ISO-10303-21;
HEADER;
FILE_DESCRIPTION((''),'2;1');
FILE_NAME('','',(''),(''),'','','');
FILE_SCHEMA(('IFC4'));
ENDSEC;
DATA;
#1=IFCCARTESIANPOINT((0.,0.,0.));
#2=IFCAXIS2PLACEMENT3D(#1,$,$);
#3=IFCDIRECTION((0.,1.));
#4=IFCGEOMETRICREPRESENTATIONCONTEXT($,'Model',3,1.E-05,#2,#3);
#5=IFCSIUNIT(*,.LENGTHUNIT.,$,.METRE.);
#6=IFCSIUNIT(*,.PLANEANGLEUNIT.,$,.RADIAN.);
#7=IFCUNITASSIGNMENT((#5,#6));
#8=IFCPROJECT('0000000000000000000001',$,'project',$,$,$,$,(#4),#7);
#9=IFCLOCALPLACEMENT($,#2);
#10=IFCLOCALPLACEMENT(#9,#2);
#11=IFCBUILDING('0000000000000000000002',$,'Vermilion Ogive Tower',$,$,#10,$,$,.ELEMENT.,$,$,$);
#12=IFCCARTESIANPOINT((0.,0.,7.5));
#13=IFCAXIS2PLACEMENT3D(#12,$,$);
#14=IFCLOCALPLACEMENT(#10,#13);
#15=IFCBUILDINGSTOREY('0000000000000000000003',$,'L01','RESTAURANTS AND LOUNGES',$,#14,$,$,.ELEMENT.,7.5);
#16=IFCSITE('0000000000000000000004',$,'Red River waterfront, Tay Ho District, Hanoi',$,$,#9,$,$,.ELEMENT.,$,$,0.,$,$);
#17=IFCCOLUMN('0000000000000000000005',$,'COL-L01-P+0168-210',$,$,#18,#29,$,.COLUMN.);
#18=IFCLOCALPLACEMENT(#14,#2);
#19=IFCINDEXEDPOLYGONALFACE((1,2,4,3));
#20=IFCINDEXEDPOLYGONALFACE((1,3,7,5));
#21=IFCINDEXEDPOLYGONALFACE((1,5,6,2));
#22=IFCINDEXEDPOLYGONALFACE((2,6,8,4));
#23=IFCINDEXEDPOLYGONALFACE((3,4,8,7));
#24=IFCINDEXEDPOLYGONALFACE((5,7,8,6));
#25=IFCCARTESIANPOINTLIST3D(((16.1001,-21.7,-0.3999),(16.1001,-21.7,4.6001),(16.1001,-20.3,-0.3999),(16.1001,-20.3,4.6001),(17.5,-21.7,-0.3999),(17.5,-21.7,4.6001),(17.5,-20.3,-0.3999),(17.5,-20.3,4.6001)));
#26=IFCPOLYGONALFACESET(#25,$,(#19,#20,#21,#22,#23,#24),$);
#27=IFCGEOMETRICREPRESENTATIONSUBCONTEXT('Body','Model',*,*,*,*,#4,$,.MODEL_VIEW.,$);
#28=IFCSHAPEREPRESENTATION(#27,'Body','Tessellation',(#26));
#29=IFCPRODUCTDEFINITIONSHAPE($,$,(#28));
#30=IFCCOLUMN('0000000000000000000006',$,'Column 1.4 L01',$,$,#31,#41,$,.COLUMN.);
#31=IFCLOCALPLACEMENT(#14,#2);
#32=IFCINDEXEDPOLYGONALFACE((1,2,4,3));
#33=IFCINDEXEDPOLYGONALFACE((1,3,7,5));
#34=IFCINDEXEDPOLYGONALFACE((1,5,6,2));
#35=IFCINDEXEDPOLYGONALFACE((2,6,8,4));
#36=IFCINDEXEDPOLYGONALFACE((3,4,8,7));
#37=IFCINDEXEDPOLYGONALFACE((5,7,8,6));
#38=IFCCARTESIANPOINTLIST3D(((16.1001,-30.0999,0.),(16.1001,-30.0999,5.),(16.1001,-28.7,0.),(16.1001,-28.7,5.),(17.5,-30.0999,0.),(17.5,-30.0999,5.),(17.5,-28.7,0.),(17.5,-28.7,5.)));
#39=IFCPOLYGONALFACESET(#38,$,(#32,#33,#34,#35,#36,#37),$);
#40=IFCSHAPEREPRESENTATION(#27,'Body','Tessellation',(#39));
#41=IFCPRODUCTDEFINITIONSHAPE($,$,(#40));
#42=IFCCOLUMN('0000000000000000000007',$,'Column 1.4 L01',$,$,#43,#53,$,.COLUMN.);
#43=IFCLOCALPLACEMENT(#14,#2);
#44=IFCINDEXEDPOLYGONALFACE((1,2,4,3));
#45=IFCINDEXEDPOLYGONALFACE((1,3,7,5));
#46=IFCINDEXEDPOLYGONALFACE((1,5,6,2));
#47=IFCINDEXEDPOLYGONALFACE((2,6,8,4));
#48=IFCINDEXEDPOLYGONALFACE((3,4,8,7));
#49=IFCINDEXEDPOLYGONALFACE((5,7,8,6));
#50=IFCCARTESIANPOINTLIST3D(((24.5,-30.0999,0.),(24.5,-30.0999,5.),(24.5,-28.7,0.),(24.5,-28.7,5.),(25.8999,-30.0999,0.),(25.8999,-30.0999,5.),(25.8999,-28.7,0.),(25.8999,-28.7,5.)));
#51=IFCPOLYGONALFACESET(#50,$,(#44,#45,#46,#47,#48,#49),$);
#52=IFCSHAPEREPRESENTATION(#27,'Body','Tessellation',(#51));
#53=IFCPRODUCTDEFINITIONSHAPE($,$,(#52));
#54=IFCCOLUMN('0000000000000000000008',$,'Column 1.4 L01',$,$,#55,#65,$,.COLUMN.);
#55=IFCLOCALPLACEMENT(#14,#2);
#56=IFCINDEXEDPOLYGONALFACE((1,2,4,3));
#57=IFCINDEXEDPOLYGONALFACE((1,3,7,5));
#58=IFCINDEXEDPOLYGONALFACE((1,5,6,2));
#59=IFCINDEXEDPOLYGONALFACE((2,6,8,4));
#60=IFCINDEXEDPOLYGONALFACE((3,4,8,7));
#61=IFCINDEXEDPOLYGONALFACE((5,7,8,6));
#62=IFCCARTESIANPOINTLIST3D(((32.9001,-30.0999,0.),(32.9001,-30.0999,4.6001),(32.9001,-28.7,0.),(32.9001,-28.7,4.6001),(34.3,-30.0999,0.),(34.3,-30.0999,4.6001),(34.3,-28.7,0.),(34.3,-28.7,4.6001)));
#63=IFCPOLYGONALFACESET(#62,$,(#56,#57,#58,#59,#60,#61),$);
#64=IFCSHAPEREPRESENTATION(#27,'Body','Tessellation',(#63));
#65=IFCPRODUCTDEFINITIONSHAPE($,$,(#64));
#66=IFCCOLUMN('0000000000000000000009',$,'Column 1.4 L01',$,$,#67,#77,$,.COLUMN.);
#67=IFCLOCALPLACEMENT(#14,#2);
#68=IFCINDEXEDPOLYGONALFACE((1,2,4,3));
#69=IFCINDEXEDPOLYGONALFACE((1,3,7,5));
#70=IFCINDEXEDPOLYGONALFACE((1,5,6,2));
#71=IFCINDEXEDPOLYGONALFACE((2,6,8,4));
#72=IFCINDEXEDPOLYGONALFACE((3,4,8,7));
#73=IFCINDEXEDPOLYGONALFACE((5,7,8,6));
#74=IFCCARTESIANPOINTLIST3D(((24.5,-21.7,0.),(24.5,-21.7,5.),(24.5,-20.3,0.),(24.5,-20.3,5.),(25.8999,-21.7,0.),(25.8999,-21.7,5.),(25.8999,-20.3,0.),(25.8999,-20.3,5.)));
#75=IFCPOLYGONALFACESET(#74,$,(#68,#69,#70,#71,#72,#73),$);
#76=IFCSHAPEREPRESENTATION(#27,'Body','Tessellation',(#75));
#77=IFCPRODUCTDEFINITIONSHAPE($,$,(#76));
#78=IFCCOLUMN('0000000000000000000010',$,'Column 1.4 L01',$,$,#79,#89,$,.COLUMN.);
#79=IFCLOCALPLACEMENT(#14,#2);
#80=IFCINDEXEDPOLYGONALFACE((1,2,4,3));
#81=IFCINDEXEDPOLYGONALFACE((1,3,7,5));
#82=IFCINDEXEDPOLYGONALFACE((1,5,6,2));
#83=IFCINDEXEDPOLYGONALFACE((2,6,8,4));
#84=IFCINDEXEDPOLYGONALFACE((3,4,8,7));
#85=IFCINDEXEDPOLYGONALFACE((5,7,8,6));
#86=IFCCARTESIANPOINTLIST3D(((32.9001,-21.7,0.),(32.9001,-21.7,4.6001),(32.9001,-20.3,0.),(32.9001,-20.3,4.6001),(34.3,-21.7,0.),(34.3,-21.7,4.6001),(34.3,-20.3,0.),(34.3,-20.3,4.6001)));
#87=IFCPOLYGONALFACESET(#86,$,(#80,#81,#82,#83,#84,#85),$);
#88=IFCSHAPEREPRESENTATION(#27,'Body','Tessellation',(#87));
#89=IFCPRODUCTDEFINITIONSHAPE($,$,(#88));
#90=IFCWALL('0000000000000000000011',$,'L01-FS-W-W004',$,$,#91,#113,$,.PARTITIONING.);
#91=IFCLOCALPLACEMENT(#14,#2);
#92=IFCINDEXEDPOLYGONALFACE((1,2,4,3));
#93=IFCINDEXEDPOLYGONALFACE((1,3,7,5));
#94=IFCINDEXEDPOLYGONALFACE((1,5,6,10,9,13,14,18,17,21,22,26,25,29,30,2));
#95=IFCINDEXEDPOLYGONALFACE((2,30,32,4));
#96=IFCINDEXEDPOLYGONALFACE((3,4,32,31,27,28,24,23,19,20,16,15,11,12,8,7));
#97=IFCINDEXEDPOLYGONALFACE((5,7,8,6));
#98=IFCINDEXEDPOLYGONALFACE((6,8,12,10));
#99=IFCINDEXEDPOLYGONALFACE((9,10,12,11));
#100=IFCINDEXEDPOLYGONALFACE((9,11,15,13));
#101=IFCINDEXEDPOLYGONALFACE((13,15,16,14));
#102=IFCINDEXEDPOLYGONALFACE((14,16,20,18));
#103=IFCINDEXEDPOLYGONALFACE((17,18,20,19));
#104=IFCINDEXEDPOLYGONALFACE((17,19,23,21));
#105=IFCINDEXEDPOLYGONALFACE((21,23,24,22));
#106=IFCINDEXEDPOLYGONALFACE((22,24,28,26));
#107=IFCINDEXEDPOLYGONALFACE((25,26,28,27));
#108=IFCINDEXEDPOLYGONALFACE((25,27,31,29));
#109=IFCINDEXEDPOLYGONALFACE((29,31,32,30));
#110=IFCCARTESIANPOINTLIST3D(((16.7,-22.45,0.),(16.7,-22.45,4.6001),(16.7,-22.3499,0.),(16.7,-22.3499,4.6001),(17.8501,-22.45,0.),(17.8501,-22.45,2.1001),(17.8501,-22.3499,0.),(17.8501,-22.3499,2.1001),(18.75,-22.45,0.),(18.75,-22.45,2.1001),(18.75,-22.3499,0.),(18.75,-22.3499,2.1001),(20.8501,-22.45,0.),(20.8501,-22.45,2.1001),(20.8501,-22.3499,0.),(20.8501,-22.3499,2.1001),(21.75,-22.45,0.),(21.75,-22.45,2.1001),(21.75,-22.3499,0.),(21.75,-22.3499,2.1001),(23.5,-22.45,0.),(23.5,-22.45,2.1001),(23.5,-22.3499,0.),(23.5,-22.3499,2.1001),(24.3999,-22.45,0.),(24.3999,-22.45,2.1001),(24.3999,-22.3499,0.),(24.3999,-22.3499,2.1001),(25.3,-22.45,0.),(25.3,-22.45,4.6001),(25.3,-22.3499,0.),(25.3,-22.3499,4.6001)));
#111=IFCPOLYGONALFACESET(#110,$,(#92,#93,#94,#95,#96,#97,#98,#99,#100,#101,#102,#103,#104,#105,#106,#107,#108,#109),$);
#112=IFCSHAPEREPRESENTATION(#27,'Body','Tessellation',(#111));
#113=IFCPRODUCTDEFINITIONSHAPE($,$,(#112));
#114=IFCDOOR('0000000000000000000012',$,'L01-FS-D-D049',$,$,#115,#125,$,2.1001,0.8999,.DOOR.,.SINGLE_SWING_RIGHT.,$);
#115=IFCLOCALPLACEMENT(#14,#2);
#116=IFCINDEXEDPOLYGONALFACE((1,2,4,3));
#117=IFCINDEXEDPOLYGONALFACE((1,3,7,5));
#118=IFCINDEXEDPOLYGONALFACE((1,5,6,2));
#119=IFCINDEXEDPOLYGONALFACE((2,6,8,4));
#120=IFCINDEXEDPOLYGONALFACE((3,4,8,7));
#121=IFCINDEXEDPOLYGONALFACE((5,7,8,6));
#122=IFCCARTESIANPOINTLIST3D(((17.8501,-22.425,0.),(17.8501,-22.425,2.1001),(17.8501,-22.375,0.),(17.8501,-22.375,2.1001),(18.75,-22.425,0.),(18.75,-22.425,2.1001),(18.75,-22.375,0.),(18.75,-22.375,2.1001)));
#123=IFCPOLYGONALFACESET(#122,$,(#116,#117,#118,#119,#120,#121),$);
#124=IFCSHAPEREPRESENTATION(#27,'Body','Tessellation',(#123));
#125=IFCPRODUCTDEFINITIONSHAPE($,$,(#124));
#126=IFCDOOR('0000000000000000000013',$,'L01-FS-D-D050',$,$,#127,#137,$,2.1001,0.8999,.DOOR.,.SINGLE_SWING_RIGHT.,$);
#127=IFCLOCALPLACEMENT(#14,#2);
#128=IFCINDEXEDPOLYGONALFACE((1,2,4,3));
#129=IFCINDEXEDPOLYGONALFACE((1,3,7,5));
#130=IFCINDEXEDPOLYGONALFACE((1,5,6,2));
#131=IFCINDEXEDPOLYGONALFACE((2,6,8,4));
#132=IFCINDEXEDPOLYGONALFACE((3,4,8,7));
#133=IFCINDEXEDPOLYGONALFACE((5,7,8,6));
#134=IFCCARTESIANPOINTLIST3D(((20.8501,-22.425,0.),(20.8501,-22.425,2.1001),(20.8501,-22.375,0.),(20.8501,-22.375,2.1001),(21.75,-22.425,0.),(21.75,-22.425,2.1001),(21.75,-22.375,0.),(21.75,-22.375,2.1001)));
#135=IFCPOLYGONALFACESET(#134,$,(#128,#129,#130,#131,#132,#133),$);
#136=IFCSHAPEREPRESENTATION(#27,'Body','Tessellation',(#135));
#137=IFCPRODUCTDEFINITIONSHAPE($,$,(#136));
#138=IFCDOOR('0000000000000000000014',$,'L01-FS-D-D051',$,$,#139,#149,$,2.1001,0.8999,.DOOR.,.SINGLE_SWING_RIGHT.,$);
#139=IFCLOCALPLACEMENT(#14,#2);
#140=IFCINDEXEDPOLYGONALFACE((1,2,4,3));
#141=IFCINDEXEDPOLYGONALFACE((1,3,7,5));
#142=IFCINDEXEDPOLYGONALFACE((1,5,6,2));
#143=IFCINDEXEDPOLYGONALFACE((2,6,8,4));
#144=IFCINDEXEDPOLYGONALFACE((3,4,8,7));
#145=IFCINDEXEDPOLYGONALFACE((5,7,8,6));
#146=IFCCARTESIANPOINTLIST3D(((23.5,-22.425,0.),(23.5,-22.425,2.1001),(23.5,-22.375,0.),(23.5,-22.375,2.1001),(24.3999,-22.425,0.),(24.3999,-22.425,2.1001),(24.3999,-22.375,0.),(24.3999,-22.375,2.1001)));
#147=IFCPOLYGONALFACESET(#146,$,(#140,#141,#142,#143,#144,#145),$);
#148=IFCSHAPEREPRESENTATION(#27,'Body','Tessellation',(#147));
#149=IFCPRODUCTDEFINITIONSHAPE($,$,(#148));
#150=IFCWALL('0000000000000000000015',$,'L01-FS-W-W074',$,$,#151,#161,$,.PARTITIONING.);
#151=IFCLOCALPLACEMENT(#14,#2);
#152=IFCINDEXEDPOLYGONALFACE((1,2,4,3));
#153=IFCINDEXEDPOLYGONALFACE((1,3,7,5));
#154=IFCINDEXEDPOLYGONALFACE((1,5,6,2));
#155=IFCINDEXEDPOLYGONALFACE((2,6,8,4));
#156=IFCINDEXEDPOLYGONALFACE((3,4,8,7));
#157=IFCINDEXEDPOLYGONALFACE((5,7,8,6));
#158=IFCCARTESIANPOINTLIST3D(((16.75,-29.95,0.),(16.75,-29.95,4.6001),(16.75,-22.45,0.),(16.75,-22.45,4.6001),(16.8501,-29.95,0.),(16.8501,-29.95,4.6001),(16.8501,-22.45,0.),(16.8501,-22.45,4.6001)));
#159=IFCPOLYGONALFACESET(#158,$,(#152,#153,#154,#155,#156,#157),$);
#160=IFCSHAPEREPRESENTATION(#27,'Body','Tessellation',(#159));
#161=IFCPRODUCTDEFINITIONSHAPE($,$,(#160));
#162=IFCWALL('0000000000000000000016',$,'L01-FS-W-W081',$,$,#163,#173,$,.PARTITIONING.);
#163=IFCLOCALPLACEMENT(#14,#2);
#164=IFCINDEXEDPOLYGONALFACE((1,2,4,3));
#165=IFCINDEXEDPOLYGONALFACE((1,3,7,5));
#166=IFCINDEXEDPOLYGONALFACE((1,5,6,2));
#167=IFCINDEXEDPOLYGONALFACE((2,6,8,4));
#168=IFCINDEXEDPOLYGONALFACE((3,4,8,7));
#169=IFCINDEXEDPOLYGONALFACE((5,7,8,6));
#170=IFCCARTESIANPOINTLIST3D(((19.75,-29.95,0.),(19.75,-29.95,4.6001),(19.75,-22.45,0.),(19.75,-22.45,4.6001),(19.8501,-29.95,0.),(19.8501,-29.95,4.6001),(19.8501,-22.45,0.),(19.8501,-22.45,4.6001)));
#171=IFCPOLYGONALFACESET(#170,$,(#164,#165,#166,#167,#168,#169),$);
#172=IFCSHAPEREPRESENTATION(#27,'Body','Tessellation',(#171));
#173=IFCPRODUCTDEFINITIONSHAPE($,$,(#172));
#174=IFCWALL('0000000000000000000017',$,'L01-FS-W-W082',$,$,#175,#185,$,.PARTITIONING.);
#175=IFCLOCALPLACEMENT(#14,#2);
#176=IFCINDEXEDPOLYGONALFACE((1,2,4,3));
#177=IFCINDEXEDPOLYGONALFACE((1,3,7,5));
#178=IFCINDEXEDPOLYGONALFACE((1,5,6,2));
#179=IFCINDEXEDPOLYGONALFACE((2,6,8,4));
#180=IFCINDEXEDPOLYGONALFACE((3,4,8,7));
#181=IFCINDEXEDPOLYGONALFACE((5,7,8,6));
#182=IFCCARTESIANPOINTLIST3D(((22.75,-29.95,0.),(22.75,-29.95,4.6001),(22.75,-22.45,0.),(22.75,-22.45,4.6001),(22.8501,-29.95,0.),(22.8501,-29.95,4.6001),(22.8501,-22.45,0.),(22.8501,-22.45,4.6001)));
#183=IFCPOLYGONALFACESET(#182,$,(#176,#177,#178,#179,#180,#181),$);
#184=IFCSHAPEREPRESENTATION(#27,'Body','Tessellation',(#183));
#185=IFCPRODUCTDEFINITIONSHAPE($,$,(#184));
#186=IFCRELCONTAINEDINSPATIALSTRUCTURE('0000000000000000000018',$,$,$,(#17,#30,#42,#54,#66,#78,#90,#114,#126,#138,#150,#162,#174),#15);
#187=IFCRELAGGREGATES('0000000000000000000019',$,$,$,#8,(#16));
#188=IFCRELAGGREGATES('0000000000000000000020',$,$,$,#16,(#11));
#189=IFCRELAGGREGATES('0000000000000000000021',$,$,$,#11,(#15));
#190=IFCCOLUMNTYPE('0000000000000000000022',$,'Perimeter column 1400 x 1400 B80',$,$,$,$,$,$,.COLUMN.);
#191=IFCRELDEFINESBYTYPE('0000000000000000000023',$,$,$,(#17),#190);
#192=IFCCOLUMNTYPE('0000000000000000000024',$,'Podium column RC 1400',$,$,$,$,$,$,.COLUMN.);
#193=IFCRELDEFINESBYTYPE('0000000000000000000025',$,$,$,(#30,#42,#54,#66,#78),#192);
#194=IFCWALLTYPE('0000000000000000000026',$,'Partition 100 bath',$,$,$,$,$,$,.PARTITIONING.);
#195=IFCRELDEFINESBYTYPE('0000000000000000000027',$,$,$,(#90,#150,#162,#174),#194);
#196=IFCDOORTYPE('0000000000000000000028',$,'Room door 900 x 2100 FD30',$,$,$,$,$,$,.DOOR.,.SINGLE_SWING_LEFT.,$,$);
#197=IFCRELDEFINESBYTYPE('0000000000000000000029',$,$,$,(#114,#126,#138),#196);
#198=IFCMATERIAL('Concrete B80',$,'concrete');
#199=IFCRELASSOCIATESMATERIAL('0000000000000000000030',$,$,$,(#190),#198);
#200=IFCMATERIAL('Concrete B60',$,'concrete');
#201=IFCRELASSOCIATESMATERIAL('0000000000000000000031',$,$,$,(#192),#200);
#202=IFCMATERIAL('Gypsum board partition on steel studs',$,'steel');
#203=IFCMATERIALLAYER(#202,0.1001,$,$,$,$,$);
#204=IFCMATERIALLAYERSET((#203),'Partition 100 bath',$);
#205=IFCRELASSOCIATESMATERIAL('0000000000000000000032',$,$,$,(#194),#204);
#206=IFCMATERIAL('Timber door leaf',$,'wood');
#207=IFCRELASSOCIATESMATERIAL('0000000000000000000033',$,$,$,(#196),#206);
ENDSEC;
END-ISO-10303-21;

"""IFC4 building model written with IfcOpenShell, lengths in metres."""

from ifc_helpers import new_model, si_unit, direction, frame, frame_2d, origin, origin_2d, place, context, subcontext, project, spatial, rectangle, extrude, material, layer, layer_set, material_profile, profile_set, type_object, element, fill, save


model = new_model("IFC4")

# Units and contexts
model_context = context("Model", 3, precision=1e-05, world=origin(), true_north=direction((0.0, 1.0)))
body_context = subcontext(model_context, "Body", "Model", "MODEL_VIEW")
ifc_project = project(units=[si_unit("LENGTHUNIT", "METRE"), si_unit("PLANEANGLEUNIT", "RADIAN")], contexts=[model_context])

# Site, building, storey
site_placement = place(None, origin())
site = spatial("IfcSite", under=ifc_project, at=site_placement, Name="Red River waterfront, Tay Ho District, Hanoi", CompositionType="ELEMENT", RefElevation=0.0)
building_placement = place(site_placement, origin())
building = spatial("IfcBuilding", under=site, at=building_placement, Name="Vermilion Ogive Tower", CompositionType="ELEMENT")
storey_placement = place(building_placement, frame((0.0, 0.0, 7.5)))
storey = spatial("IfcBuildingStorey", under=building, at=storey_placement, Name="L01", Description="RESTAURANTS AND LOUNGES", CompositionType="ELEMENT", Elevation=7.5)

# Columns
ifc_material_1 = material(Name="Concrete B80", Category="concrete")
ifc_material_profile_1 = material_profile(ifc_material_1, rectangle(XDim=1.3999, YDim=1.3999, at=origin_2d()), Name="1400 x 1400")
ifc_profile_set_1 = profile_set([ifc_material_profile_1], Name="Concrete B80")
column_type_1 = type_object("IfcColumnType", Name="Perimeter column 1400 x 1400 B80", PredefinedType="COLUMN", material=ifc_profile_set_1)
column_1_placement = place(storey_placement, frame((16.8, -21.0, -0.3999), z_axis=(0.0, 0.0, 1.0), x_axis=(1.0, 0.0, 0.0)))
element("IfcColumn", 1, at=column_1_placement, inside=storey, type_object=column_type_1, Name="COL-L01-P+0168-210", PredefinedType="COLUMN", context=body_context, shape_type="SweptSolid", body=[
    extrude(rectangle(XDim=1.3999, YDim=1.3999, at=origin_2d()), origin(), (0.0, 0.0, 1.0), 5.0),
])
ifc_material_2 = material(Name="Concrete B60", Category="concrete")
ifc_material_profile_2 = material_profile(ifc_material_2, rectangle(XDim=1.3999, YDim=1.3999, at=origin_2d()), Name="RC 1400x1400")
ifc_profile_set_2 = profile_set([ifc_material_profile_2], Name="Concrete B60")
column_type_2 = type_object("IfcColumnType", Name="Podium column RC 1400", PredefinedType="COLUMN", material=ifc_profile_set_2)
for number, where, z_axis, x_axis, name in (
    (2, (16.8, -29.3999, 0.0), (0.0, 0.0, 1.0), (1.0, 0.0, 0.0), "Column 1.4 L01"),
    (3, (25.2, -29.3999, 0.0), (0.0, 0.0, 1.0), (1.0, 0.0, 0.0), "Column 1.4 L01"),
):
    element("IfcColumn", number, at=place(storey_placement, frame(where, z_axis=z_axis, x_axis=x_axis)), inside=storey, type_object=column_type_2, Name=name, PredefinedType="COLUMN", context=body_context, shape_type="SweptSolid", body=[
        extrude(rectangle(XDim=1.3999, YDim=1.3999, at=origin_2d()), origin(), (0.0, 0.0, 1.0), 5.0),
    ])
column_2_placement = place(storey_placement, frame((33.6001, -29.3999, 0.0), z_axis=(0.0, 0.0, 1.0), x_axis=(1.0, 0.0, 0.0)))
element("IfcColumn", 4, at=column_2_placement, inside=storey, type_object=column_type_2, Name="Column 1.4 L01", PredefinedType="COLUMN", context=body_context, shape_type="SweptSolid", body=[
    extrude(rectangle(XDim=1.3999, YDim=1.3999, at=origin_2d()), origin(), (0.0, 0.0, 1.0), 4.6001),
])
column_3_placement = place(storey_placement, frame((25.2, -21.0, 0.0), z_axis=(0.0, 0.0, 1.0), x_axis=(1.0, 0.0, 0.0)))
element("IfcColumn", 5, at=column_3_placement, inside=storey, type_object=column_type_2, Name="Column 1.4 L01", PredefinedType="COLUMN", context=body_context, shape_type="SweptSolid", body=[
    extrude(rectangle(XDim=1.3999, YDim=1.3999, at=origin_2d()), origin(), (0.0, 0.0, 1.0), 5.0),
])
column_4_placement = place(storey_placement, frame((33.6001, -21.0, 0.0), z_axis=(0.0, 0.0, 1.0), x_axis=(1.0, 0.0, 0.0)))
element("IfcColumn", 6, at=column_4_placement, inside=storey, type_object=column_type_2, Name="Column 1.4 L01", PredefinedType="COLUMN", context=body_context, shape_type="SweptSolid", body=[
    extrude(rectangle(XDim=1.3999, YDim=1.3999, at=origin_2d()), origin(), (0.0, 0.0, 1.0), 4.6001),
])

# Wall, openings, doors
ifc_material_3 = material(Name="Gypsum board partition on steel studs", Category="steel")
ifc_layer_1 = layer(ifc_material_3, 0.1001)
ifc_layer_set_1 = layer_set([ifc_layer_1], Name="Partition 100 bath")
wall_type_1 = type_object("IfcWallType", Name="Partition 100 bath", PredefinedType="PARTITIONING", material=ifc_layer_set_1)
wall_1_placement = place(storey_placement, frame((16.7, -22.3999, 0.0), z_axis=(0.0, 0.0, 1.0), x_axis=(1.0, 0.0, 0.0)))
wall_1 = element("IfcWall", 7, at=wall_1_placement, inside=storey, type_object=wall_type_1, Name="L01-FS-W-W004", PredefinedType="PARTITIONING", context=body_context, shape_type="SweptSolid", body=[
    extrude(rectangle(XDim=8.6001, YDim=0.1001, at=frame_2d((4.3, 0.0))), origin(), (0.0, 0.0, 1.0), 4.6001),
])
opening_1_placement = place(wall_1_placement, frame((1.1501, 0.0, 0.0)))
opening_1 = element("IfcOpeningElement", 8, at=opening_1_placement, cuts=wall_1, PredefinedType="OPENING", context=body_context, shape_type="SweptSolid", body=[
    extrude(rectangle(XDim=0.8999, YDim=2.1001, at=frame_2d((0.45, 1.05))), frame((0.0, 0.0601, 0.0), z_axis=(0.0, -1.0, 0.0), x_axis=(1.0, 0.0, 0.0)), (0.0, 0.0, 1.0), 0.1201),
])
opening_2_placement = place(wall_1_placement, frame((4.1501, 0.0, 0.0)))
opening_2 = element("IfcOpeningElement", 9, at=opening_2_placement, cuts=wall_1, PredefinedType="OPENING", context=body_context, shape_type="SweptSolid", body=[
    extrude(rectangle(XDim=0.8999, YDim=2.1001, at=frame_2d((0.45, 1.05))), frame((0.0, 0.0601, 0.0), z_axis=(0.0, -1.0, 0.0), x_axis=(1.0, 0.0, 0.0)), (0.0, 0.0, 1.0), 0.1201),
])
opening_3_placement = place(wall_1_placement, frame((6.8, 0.0, 0.0)))
opening_3 = element("IfcOpeningElement", 10, at=opening_3_placement, cuts=wall_1, PredefinedType="OPENING", context=body_context, shape_type="SweptSolid", body=[
    extrude(rectangle(XDim=0.8999, YDim=2.1001, at=frame_2d((0.45, 1.05))), frame((0.0, 0.0601, 0.0), z_axis=(0.0, -1.0, 0.0), x_axis=(1.0, 0.0, 0.0)), (0.0, 0.0, 1.0), 0.1201),
])
ifc_material_4 = material(Name="Timber door leaf", Category="wood")
door_type_1 = type_object("IfcDoorType", Name="Room door 900 x 2100 FD30", OperationType="SINGLE_SWING_LEFT", PredefinedType="DOOR", material=ifc_material_4)
door_1_placement = place(opening_1_placement, origin())
door_1 = element("IfcDoor", 11, at=door_1_placement, inside=storey, type_object=door_type_1, Name="L01-FS-D-D049", OperationType="SINGLE_SWING_RIGHT", OverallHeight=2.1001, OverallWidth=0.8999, PredefinedType="DOOR", context=body_context, shape_type="SweptSolid", body=[
    extrude(rectangle(XDim=0.8999, YDim=2.1001, at=frame_2d((0.45, 1.05))), frame((0.0, 0.0249, 0.0), z_axis=(0.0, -1.0, 0.0), x_axis=(1.0, 0.0, 0.0)), (0.0, 0.0, 1.0), 0.05),
])
fill(opening_1, door_1)
door_2_placement = place(opening_2_placement, origin())
door_2 = element("IfcDoor", 12, at=door_2_placement, inside=storey, type_object=door_type_1, Name="L01-FS-D-D050", OperationType="SINGLE_SWING_RIGHT", OverallHeight=2.1001, OverallWidth=0.8999, PredefinedType="DOOR", context=body_context, shape_type="SweptSolid", body=[
    extrude(rectangle(XDim=0.8999, YDim=2.1001, at=frame_2d((0.45, 1.05))), frame((0.0, 0.0249, 0.0), z_axis=(0.0, -1.0, 0.0), x_axis=(1.0, 0.0, 0.0)), (0.0, 0.0, 1.0), 0.05),
])
fill(opening_2, door_2)
door_3_placement = place(opening_3_placement, origin())
door_3 = element("IfcDoor", 13, at=door_3_placement, inside=storey, type_object=door_type_1, Name="L01-FS-D-D051", OperationType="SINGLE_SWING_RIGHT", OverallHeight=2.1001, OverallWidth=0.8999, PredefinedType="DOOR", context=body_context, shape_type="SweptSolid", body=[
    extrude(rectangle(XDim=0.8999, YDim=2.1001, at=frame_2d((0.45, 1.05))), frame((0.0, 0.0249, 0.0), z_axis=(0.0, -1.0, 0.0), x_axis=(1.0, 0.0, 0.0)), (0.0, 0.0, 1.0), 0.05),
])
fill(opening_3, door_3)

# Walls
for number, where, z_axis, x_axis, name in (
    (14, (16.8, -29.95, 0.0), (0.0, 0.0, 1.0), (0.0, 1.0, 0.0), "L01-FS-W-W074"),
    (15, (19.8, -29.95, 0.0), (0.0, 0.0, 1.0), (0.0, 1.0, 0.0), "L01-FS-W-W081"),
    (16, (22.8, -29.95, 0.0), (0.0, 0.0, 1.0), (0.0, 1.0, 0.0), "L01-FS-W-W082"),
):
    element("IfcWall", number, at=place(storey_placement, frame(where, z_axis=z_axis, x_axis=x_axis)), inside=storey, type_object=wall_type_1, Name=name, PredefinedType="PARTITIONING", context=body_context, shape_type="SweptSolid", body=[
        extrude(rectangle(XDim=7.5, YDim=0.1001, at=frame_2d((3.75, 0.0))), origin(), (0.0, 0.0, 1.0), 4.6001),
    ])

save(model, "model.ifc")
